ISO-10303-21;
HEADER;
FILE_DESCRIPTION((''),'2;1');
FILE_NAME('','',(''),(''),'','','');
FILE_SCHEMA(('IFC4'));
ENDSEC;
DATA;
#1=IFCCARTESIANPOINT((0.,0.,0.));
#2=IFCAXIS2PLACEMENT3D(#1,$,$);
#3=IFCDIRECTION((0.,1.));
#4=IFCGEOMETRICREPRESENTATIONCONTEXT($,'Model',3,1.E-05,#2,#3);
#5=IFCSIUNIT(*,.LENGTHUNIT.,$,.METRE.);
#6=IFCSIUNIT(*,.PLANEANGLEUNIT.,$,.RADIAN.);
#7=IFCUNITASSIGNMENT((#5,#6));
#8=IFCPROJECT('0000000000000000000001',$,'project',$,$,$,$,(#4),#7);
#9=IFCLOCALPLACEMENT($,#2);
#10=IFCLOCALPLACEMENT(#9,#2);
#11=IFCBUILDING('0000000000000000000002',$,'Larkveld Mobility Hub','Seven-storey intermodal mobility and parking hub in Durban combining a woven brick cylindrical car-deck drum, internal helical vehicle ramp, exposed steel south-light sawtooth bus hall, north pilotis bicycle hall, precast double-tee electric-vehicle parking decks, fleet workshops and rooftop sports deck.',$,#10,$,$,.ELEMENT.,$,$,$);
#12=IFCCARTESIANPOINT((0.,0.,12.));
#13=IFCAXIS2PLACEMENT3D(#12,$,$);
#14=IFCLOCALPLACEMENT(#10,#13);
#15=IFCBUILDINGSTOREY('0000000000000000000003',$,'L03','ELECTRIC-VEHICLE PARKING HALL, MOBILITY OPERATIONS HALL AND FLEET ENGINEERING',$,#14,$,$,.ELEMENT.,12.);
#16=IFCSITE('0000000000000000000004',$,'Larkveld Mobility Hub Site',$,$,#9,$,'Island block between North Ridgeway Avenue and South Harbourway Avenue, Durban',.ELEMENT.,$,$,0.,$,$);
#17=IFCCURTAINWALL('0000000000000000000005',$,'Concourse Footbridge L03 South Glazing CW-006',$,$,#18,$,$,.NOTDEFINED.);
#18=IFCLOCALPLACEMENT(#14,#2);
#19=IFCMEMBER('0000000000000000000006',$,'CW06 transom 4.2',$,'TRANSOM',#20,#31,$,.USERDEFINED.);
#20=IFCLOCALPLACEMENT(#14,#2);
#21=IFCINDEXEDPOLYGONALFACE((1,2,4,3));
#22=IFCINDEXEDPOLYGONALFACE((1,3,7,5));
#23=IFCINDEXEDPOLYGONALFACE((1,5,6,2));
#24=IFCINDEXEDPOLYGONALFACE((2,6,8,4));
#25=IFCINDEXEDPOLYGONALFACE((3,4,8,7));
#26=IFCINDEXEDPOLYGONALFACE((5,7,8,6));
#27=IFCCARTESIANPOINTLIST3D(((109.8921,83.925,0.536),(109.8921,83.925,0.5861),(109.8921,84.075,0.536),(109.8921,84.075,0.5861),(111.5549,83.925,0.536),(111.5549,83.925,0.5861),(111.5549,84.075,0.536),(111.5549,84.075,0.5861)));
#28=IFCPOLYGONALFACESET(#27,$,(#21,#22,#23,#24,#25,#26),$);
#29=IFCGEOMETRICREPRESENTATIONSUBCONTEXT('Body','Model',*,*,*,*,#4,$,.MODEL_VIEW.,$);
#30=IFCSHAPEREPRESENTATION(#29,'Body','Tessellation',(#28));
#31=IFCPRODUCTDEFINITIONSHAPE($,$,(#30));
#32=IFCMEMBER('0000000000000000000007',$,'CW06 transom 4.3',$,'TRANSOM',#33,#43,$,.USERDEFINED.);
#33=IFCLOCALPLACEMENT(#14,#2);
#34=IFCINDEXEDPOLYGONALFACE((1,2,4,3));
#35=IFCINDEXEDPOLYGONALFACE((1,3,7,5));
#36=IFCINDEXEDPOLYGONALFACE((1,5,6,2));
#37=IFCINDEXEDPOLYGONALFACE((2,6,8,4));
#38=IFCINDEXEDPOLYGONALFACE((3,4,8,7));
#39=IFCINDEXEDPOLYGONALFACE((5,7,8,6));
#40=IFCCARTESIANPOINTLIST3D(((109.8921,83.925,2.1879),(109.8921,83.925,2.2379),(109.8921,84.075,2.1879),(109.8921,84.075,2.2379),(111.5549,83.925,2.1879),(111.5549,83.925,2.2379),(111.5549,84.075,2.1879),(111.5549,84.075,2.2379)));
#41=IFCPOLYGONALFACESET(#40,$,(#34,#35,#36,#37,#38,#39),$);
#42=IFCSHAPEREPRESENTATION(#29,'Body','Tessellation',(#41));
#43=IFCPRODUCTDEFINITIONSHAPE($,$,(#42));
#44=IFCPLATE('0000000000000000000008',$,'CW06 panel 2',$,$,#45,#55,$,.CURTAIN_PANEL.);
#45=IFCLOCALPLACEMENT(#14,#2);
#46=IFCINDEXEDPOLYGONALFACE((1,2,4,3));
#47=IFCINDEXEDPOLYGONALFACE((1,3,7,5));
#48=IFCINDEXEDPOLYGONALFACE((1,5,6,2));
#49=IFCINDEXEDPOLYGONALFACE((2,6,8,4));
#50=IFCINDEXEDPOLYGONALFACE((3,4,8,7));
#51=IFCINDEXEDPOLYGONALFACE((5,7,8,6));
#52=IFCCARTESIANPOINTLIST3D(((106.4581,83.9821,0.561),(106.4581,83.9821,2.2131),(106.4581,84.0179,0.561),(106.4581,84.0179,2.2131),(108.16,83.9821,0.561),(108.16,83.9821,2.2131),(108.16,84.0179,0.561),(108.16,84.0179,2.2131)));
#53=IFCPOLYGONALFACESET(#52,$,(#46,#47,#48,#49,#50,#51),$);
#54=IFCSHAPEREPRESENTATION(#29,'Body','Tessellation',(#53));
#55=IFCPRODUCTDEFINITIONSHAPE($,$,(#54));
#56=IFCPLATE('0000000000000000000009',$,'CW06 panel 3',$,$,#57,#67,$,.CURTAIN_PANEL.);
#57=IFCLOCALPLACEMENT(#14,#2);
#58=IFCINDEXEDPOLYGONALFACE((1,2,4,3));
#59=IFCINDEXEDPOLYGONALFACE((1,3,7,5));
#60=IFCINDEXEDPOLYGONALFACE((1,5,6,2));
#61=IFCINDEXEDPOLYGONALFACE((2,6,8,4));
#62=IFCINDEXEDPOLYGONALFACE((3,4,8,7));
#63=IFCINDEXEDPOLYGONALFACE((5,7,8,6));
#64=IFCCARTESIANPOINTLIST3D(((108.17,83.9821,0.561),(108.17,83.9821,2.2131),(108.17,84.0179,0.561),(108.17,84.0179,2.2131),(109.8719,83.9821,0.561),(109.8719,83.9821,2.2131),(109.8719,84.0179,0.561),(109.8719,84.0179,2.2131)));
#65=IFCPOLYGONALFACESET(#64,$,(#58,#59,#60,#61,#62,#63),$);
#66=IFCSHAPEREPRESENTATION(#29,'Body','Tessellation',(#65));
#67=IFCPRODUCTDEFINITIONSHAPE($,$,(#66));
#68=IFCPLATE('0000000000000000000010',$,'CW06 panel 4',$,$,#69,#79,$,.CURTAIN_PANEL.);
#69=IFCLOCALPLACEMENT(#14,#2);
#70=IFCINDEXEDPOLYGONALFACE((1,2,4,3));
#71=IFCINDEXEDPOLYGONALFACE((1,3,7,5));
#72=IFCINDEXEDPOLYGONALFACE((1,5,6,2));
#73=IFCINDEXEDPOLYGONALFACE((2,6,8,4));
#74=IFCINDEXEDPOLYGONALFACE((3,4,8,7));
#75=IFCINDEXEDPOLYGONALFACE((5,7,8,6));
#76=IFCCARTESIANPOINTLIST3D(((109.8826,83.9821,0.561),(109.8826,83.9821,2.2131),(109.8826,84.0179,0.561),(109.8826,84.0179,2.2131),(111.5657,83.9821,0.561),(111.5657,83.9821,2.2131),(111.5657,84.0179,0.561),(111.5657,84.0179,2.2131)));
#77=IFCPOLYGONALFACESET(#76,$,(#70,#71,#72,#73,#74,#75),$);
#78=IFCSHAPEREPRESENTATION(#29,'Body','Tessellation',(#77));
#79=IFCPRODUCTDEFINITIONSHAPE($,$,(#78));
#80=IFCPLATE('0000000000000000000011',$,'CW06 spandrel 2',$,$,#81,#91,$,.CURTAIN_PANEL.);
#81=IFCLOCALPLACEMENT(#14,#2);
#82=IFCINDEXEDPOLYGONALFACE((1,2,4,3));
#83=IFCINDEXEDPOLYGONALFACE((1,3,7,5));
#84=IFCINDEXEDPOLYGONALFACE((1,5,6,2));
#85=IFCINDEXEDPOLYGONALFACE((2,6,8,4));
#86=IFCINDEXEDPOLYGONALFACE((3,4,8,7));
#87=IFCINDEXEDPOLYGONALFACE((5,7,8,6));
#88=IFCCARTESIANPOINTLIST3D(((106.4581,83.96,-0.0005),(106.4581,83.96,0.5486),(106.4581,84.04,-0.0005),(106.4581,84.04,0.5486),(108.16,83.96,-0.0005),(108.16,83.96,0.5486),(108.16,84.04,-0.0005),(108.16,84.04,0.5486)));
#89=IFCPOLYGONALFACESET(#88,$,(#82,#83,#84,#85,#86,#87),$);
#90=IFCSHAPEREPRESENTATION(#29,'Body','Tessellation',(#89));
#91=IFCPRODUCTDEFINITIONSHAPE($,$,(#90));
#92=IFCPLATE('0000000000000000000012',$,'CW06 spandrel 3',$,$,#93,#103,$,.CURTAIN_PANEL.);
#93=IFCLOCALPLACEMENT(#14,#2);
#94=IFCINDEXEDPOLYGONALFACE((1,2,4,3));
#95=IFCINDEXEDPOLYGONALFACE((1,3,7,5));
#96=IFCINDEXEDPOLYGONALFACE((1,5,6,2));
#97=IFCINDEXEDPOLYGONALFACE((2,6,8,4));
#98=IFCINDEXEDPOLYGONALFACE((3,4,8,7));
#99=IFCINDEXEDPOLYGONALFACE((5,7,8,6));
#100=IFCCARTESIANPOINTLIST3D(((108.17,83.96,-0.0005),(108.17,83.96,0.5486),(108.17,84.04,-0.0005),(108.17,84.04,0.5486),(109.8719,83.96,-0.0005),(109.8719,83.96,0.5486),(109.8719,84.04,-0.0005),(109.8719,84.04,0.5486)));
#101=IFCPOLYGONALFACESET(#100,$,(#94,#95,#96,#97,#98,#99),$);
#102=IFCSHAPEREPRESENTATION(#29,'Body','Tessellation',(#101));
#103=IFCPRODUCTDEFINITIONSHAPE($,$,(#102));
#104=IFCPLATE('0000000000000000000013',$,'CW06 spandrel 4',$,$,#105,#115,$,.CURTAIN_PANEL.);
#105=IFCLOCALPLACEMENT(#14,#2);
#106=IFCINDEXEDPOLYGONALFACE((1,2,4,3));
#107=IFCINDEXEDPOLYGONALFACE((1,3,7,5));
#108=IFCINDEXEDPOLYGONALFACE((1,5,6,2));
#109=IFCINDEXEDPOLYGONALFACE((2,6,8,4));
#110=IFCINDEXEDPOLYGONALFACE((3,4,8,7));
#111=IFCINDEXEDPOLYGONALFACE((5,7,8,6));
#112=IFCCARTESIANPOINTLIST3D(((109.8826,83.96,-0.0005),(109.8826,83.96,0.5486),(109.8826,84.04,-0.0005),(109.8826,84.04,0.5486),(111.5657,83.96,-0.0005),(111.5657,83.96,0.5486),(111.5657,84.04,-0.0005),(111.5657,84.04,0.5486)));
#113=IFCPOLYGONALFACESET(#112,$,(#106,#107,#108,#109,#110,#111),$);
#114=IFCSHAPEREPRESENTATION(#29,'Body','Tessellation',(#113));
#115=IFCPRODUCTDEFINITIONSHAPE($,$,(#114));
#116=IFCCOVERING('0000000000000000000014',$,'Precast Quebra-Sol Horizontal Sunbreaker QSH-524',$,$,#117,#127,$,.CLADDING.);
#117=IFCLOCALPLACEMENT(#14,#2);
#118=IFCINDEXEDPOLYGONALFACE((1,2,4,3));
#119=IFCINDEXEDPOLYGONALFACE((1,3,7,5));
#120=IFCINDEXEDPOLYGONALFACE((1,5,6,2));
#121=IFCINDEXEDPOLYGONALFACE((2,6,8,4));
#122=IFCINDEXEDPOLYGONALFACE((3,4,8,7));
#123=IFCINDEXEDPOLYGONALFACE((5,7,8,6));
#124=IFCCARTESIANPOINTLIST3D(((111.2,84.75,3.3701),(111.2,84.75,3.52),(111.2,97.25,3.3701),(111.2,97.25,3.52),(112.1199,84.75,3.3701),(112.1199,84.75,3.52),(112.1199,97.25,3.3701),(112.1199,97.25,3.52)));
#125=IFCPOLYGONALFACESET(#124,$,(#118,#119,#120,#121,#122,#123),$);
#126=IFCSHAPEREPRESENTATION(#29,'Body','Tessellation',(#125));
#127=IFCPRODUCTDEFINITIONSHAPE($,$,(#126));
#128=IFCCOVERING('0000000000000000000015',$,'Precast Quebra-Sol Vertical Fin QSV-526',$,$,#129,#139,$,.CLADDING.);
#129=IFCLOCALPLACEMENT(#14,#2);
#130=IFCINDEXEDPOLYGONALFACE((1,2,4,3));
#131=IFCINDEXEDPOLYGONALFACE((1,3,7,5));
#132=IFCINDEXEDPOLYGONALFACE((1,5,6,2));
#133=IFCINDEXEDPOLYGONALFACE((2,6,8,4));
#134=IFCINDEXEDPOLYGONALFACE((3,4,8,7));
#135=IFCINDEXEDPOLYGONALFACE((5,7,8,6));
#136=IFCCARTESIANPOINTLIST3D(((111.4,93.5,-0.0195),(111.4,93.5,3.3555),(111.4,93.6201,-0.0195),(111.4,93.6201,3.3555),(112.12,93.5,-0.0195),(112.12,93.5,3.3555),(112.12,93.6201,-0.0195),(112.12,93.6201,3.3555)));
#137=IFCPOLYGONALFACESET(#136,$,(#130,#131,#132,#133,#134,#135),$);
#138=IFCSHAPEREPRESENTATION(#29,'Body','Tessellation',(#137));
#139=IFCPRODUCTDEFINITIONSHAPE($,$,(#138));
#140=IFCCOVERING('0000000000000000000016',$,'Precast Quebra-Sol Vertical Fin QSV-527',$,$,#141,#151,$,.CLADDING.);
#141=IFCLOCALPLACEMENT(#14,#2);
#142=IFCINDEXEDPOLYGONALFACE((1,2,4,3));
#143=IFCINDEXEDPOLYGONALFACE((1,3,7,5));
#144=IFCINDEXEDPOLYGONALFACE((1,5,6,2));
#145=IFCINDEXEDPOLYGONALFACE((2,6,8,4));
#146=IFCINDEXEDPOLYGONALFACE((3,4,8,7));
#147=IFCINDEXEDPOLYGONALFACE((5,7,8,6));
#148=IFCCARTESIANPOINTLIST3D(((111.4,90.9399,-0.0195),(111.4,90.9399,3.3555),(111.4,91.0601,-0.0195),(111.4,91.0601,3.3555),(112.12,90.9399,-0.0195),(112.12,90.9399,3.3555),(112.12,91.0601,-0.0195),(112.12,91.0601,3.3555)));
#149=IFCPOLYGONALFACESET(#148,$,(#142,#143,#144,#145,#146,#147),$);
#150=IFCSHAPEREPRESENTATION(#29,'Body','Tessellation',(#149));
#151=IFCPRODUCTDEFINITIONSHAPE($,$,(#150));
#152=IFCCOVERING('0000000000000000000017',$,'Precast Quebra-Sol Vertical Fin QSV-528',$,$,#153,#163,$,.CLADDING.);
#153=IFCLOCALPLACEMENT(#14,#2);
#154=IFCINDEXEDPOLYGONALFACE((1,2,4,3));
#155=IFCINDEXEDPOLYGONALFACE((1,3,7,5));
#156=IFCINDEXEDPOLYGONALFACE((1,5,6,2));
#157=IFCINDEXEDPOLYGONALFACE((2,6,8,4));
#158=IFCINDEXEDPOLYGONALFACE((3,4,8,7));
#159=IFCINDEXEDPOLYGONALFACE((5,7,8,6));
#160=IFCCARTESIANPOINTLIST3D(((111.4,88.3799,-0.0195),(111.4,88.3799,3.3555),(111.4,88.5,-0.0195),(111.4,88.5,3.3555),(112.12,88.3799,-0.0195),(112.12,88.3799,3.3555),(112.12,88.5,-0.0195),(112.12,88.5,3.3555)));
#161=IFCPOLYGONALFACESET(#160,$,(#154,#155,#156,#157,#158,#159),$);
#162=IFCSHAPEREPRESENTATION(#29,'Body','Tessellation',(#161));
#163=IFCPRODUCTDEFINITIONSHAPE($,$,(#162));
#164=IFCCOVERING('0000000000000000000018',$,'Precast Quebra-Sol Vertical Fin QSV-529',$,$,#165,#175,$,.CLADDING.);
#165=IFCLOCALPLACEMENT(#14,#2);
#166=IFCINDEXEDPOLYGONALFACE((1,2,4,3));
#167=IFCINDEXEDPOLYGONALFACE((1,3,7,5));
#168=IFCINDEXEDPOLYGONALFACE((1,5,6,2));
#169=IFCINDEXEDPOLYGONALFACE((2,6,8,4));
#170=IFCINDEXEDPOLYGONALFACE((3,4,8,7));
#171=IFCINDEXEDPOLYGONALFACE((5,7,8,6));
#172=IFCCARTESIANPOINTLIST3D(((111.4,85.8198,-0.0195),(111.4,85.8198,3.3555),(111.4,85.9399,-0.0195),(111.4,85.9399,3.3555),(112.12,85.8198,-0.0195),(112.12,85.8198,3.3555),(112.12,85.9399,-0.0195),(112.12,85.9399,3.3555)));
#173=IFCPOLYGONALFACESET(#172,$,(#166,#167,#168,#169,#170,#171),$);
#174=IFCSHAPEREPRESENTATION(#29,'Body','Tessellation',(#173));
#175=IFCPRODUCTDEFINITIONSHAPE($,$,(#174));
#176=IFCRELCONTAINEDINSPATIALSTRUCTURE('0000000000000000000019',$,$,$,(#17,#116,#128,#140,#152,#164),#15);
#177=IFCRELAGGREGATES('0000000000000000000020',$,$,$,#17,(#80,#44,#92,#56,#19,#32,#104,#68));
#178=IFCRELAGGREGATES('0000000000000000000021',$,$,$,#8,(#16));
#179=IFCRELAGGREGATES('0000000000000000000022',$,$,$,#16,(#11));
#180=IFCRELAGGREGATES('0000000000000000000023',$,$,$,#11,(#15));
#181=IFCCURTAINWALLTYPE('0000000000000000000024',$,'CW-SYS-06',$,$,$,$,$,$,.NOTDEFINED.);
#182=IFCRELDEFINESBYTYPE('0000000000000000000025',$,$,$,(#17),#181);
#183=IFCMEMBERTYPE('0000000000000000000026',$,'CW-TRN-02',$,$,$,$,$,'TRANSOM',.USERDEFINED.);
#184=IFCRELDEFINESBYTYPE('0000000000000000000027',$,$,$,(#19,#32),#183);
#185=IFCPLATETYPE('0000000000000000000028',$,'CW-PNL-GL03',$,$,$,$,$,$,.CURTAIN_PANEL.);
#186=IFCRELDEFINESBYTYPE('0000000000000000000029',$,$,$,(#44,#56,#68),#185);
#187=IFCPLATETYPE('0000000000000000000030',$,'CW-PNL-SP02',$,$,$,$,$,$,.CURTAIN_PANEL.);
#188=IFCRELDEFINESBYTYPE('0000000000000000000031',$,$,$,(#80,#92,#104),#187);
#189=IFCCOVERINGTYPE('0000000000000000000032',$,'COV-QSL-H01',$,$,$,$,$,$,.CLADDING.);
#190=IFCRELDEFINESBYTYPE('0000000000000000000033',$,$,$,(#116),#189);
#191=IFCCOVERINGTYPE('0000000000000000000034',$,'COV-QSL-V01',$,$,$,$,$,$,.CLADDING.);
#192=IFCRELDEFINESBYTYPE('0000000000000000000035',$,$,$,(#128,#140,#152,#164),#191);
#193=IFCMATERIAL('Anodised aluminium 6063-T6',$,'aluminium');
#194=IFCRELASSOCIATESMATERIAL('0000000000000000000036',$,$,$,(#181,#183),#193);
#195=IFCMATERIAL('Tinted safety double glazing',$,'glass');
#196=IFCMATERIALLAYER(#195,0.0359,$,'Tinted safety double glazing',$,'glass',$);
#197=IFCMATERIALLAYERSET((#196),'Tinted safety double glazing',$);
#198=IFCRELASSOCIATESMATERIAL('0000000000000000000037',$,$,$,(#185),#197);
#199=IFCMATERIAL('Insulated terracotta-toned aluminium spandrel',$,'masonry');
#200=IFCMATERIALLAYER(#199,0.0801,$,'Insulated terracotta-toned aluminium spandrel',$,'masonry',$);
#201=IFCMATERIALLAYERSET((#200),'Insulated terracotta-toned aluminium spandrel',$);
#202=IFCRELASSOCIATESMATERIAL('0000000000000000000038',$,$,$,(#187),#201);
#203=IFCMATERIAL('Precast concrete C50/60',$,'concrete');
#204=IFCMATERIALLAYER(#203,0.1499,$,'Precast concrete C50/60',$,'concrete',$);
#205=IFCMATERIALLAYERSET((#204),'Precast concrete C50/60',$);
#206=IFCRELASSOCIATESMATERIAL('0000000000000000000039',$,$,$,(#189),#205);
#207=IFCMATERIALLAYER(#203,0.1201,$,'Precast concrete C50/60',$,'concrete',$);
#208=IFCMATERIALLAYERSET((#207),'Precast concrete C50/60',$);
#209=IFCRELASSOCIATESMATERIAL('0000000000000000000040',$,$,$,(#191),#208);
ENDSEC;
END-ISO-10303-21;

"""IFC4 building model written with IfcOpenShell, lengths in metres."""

from ifc_helpers import new_model, si_unit, direction, frame, origin, origin_2d, place, context, subcontext, project, spatial, rectangle, extrude, material, layer, layer_set, material_profile, profile_set, type_object, element, aggregate, save


model = new_model("IFC4")

# Units and contexts
model_context = context("Model", 3, precision=1e-05, world=origin(), true_north=direction((0.0, 1.0)))
body_context = subcontext(model_context, "Body", "Model", "MODEL_VIEW")
ifc_project = project(units=[si_unit("LENGTHUNIT", "METRE"), si_unit("PLANEANGLEUNIT", "RADIAN")], contexts=[model_context])

# Site, building, storey
site_placement = place(None, origin())
site = spatial("IfcSite", under=ifc_project, at=site_placement, Name="Larkveld Mobility Hub Site", LongName="Island block between North Ridgeway Avenue and South Harbourway Avenue, Durban", CompositionType="ELEMENT", RefElevation=0.0)
building_placement = place(site_placement, origin())
building = spatial("IfcBuilding", under=site, at=building_placement, Name="Larkveld Mobility Hub", Description="Seven-storey intermodal mobility and parking hub in Durban combining a woven brick cylindrical car-deck drum, internal helical vehicle ramp, exposed steel south-light sawtooth bus hall, north pilotis bicycle hall, precast double-tee electric-vehicle parking decks, fleet workshops and rooftop sports deck.", CompositionType="ELEMENT")
storey_placement = place(building_placement, frame((0.0, 0.0, 12.0)))
storey = spatial("IfcBuildingStorey", under=building, at=storey_placement, Name="L03", Description="ELECTRIC-VEHICLE PARKING HALL, MOBILITY OPERATIONS HALL AND FLEET ENGINEERING", CompositionType="ELEMENT", Elevation=12.0)

# Shared definitions
ifc_material_1 = material(Name="Precast concrete C50/60", Category="concrete")

# Curtain wall, members, plates
ifc_material_2 = material(Name="Anodised aluminium 6063-T6", Category="aluminium")
curtain_wall_type = type_object("IfcCurtainWallType", Name="CW-SYS-06", PredefinedType="NOTDEFINED", material=ifc_material_2)
curtain_wall_placement = place(storey_placement, origin())
curtain_wall = element("IfcCurtainWall", 1, at=curtain_wall_placement, inside=storey, type_object=curtain_wall_type, Name="Concourse Footbridge L03 South Glazing CW-006", PredefinedType="NOTDEFINED")
ifc_material_profile_1 = material_profile(ifc_material_2, rectangle(XDim=0.1499, YDim=0.05, at=origin_2d()), Name="ALU TRAN 50x150")
ifc_profile_set_1 = profile_set([ifc_material_profile_1], Name="Anodised aluminium 6063-T6")
member_type_1 = type_object("IfcMemberType", Name="CW-TRN-02", ElementType="TRANSOM", PredefinedType="USERDEFINED", material=ifc_profile_set_1)
member_1_placement = place(storey_placement, frame((109.8921, 84.0, 0.561), z_axis=(1.0, 0.0, 0.0), x_axis=(0.0, 1.0, 0.0)))
member_1 = element("IfcMember", 2, at=member_1_placement, type_object=member_type_1, Name="CW06 transom 4.2", ObjectType="TRANSOM", PredefinedType="USERDEFINED", context=body_context, shape_type="SweptSolid", body=[
    extrude(rectangle(XDim=0.1499, YDim=0.05, at=origin_2d()), origin(), (0.0, 0.0, 1.0), 1.6628),
])
member_2_placement = place(storey_placement, frame((109.8921, 84.0, 2.2129), z_axis=(1.0, 0.0, 0.0), x_axis=(0.0, 1.0, 0.0)))
member_2 = element("IfcMember", 3, at=member_2_placement, type_object=member_type_1, Name="CW06 transom 4.3", ObjectType="TRANSOM", PredefinedType="USERDEFINED", context=body_context, shape_type="SweptSolid", body=[
    extrude(rectangle(XDim=0.1499, YDim=0.05, at=origin_2d()), origin(), (0.0, 0.0, 1.0), 1.6628),
])
ifc_material_3 = material(Name="Tinted safety double glazing", Category="glass")
ifc_layer_1 = layer(ifc_material_3, 0.0359, Name="Tinted safety double glazing", Category="glass")
ifc_layer_set_1 = layer_set([ifc_layer_1], Name="Tinted safety double glazing")
plate_type_1 = type_object("IfcPlateType", Name="CW-PNL-GL03", PredefinedType="CURTAIN_PANEL", material=ifc_layer_set_1)
plate_1_placement = place(storey_placement, frame((107.3091, 84.0, 0.561), z_axis=(0.0, 0.0, 1.0), x_axis=(1.0, 0.0, 0.0)))
plate_1 = element("IfcPlate", 4, at=plate_1_placement, type_object=plate_type_1, Name="CW06 panel 2", PredefinedType="CURTAIN_PANEL", context=body_context, shape_type="SweptSolid", body=[
    extrude(rectangle(XDim=1.7019, YDim=0.0359, at=origin_2d()), origin(), (0.0, 0.0, 1.0), 1.6521),
])
plate_2_placement = place(storey_placement, frame((109.021, 84.0, 0.561), z_axis=(0.0, 0.0, 1.0), x_axis=(1.0, 0.0, 0.0)))
plate_2 = element("IfcPlate", 5, at=plate_2_placement, type_object=plate_type_1, Name="CW06 panel 3", PredefinedType="CURTAIN_PANEL", context=body_context, shape_type="SweptSolid", body=[
    extrude(rectangle(XDim=1.7019, YDim=0.0359, at=origin_2d()), origin(), (0.0, 0.0, 1.0), 1.6521),
])
plate_3_placement = place(storey_placement, frame((110.7241, 84.0, 0.561), z_axis=(0.0, 0.0, 1.0), x_axis=(1.0, 0.0, 0.0)))
plate_3 = element("IfcPlate", 6, at=plate_3_placement, type_object=plate_type_1, Name="CW06 panel 4", PredefinedType="CURTAIN_PANEL", context=body_context, shape_type="SweptSolid", body=[
    extrude(rectangle(XDim=1.6831, YDim=0.0359, at=origin_2d()), origin(), (0.0, 0.0, 1.0), 1.6521),
])
ifc_material_4 = material(Name="Insulated terracotta-toned aluminium spandrel", Category="masonry")
ifc_layer_2 = layer(ifc_material_4, 0.0801, Name="Insulated terracotta-toned aluminium spandrel", Category="masonry")
ifc_layer_set_2 = layer_set([ifc_layer_2], Name="Insulated terracotta-toned aluminium spandrel")
plate_type_2 = type_object("IfcPlateType", Name="CW-PNL-SP02", PredefinedType="CURTAIN_PANEL", material=ifc_layer_set_2)
plate_4_placement = place(storey_placement, frame((107.3091, 84.0, -0.0005), z_axis=(0.0, 0.0, 1.0), x_axis=(1.0, 0.0, 0.0)))
plate_4 = element("IfcPlate", 7, at=plate_4_placement, type_object=plate_type_2, Name="CW06 spandrel 2", PredefinedType="CURTAIN_PANEL", context=body_context, shape_type="SweptSolid", body=[
    extrude(rectangle(XDim=1.7019, YDim=0.0801, at=origin_2d()), origin(), (0.0, 0.0, 1.0), 0.5491),
])
plate_5_placement = place(storey_placement, frame((109.021, 84.0, -0.0005), z_axis=(0.0, 0.0, 1.0), x_axis=(1.0, 0.0, 0.0)))
plate_5 = element("IfcPlate", 8, at=plate_5_placement, type_object=plate_type_2, Name="CW06 spandrel 3", PredefinedType="CURTAIN_PANEL", context=body_context, shape_type="SweptSolid", body=[
    extrude(rectangle(XDim=1.7019, YDim=0.0801, at=origin_2d()), origin(), (0.0, 0.0, 1.0), 0.5491),
])
plate_6_placement = place(storey_placement, frame((110.7241, 84.0, -0.0005), z_axis=(0.0, 0.0, 1.0), x_axis=(1.0, 0.0, 0.0)))
plate_6 = element("IfcPlate", 9, at=plate_6_placement, type_object=plate_type_2, Name="CW06 spandrel 4", PredefinedType="CURTAIN_PANEL", context=body_context, shape_type="SweptSolid", body=[
    extrude(rectangle(XDim=1.6831, YDim=0.0801, at=origin_2d()), origin(), (0.0, 0.0, 1.0), 0.5491),
])
aggregate(curtain_wall, [plate_4, plate_1, plate_5, plate_2, member_1, member_2, plate_6, plate_3])

# Coverings
ifc_layer_3 = layer(ifc_material_1, 0.1499, Name="Precast concrete C50/60", Category="concrete")
ifc_layer_set_3 = layer_set([ifc_layer_3], Name="Precast concrete C50/60")
covering_type_1 = type_object("IfcCoveringType", Name="COV-QSL-H01", PredefinedType="CLADDING", material=ifc_layer_set_3)
covering_placement = place(storey_placement, frame((111.6599, 91.0, 3.3701), z_axis=(0.0, 0.0, 1.0), x_axis=(0.0, -1.0, 0.0)))
element("IfcCovering", 10, at=covering_placement, inside=storey, type_object=covering_type_1, Name="Precast Quebra-Sol Horizontal Sunbreaker QSH-524", PredefinedType="CLADDING", context=body_context, shape_type="SweptSolid", body=[
    extrude(rectangle(XDim=12.5, YDim=0.9199, at=origin_2d()), origin(), (0.0, 0.0, 1.0), 0.1499),
])
ifc_layer_4 = layer(ifc_material_1, 0.1201, Name="Precast concrete C50/60", Category="concrete")
ifc_layer_set_4 = layer_set([ifc_layer_4], Name="Precast concrete C50/60")
covering_type_2 = type_object("IfcCoveringType", Name="COV-QSL-V01", PredefinedType="CLADDING", material=ifc_layer_set_4)
for number, where, z_axis, x_axis, name in (
    (11, (111.76, 93.5601, -0.0195), (0.0, 0.0, 1.0), (0.0, -1.0, 0.0), "Precast Quebra-Sol Vertical Fin QSV-526"),
    (12, (111.76, 91.0, -0.0195), (0.0, 0.0, 1.0), (0.0, -1.0, 0.0), "Precast Quebra-Sol Vertical Fin QSV-527"),
    (13, (111.76, 88.4399, -0.0195), (0.0, 0.0, 1.0), (0.0, -1.0, 0.0), "Precast Quebra-Sol Vertical Fin QSV-528"),
    (14, (111.76, 85.8799, -0.0195), (0.0, 0.0, 1.0), (0.0, -1.0, 0.0), "Precast Quebra-Sol Vertical Fin QSV-529"),
):
    element("IfcCovering", number, at=place(storey_placement, frame(where, z_axis=z_axis, x_axis=x_axis)), inside=storey, type_object=covering_type_2, Name=name, PredefinedType="CLADDING", context=body_context, shape_type="SweptSolid", body=[
        extrude(rectangle(XDim=0.1201, YDim=0.72, at=origin_2d()), origin(), (0.0, 0.0, 1.0), 3.375),
    ])

save(model, "model.ifc")
